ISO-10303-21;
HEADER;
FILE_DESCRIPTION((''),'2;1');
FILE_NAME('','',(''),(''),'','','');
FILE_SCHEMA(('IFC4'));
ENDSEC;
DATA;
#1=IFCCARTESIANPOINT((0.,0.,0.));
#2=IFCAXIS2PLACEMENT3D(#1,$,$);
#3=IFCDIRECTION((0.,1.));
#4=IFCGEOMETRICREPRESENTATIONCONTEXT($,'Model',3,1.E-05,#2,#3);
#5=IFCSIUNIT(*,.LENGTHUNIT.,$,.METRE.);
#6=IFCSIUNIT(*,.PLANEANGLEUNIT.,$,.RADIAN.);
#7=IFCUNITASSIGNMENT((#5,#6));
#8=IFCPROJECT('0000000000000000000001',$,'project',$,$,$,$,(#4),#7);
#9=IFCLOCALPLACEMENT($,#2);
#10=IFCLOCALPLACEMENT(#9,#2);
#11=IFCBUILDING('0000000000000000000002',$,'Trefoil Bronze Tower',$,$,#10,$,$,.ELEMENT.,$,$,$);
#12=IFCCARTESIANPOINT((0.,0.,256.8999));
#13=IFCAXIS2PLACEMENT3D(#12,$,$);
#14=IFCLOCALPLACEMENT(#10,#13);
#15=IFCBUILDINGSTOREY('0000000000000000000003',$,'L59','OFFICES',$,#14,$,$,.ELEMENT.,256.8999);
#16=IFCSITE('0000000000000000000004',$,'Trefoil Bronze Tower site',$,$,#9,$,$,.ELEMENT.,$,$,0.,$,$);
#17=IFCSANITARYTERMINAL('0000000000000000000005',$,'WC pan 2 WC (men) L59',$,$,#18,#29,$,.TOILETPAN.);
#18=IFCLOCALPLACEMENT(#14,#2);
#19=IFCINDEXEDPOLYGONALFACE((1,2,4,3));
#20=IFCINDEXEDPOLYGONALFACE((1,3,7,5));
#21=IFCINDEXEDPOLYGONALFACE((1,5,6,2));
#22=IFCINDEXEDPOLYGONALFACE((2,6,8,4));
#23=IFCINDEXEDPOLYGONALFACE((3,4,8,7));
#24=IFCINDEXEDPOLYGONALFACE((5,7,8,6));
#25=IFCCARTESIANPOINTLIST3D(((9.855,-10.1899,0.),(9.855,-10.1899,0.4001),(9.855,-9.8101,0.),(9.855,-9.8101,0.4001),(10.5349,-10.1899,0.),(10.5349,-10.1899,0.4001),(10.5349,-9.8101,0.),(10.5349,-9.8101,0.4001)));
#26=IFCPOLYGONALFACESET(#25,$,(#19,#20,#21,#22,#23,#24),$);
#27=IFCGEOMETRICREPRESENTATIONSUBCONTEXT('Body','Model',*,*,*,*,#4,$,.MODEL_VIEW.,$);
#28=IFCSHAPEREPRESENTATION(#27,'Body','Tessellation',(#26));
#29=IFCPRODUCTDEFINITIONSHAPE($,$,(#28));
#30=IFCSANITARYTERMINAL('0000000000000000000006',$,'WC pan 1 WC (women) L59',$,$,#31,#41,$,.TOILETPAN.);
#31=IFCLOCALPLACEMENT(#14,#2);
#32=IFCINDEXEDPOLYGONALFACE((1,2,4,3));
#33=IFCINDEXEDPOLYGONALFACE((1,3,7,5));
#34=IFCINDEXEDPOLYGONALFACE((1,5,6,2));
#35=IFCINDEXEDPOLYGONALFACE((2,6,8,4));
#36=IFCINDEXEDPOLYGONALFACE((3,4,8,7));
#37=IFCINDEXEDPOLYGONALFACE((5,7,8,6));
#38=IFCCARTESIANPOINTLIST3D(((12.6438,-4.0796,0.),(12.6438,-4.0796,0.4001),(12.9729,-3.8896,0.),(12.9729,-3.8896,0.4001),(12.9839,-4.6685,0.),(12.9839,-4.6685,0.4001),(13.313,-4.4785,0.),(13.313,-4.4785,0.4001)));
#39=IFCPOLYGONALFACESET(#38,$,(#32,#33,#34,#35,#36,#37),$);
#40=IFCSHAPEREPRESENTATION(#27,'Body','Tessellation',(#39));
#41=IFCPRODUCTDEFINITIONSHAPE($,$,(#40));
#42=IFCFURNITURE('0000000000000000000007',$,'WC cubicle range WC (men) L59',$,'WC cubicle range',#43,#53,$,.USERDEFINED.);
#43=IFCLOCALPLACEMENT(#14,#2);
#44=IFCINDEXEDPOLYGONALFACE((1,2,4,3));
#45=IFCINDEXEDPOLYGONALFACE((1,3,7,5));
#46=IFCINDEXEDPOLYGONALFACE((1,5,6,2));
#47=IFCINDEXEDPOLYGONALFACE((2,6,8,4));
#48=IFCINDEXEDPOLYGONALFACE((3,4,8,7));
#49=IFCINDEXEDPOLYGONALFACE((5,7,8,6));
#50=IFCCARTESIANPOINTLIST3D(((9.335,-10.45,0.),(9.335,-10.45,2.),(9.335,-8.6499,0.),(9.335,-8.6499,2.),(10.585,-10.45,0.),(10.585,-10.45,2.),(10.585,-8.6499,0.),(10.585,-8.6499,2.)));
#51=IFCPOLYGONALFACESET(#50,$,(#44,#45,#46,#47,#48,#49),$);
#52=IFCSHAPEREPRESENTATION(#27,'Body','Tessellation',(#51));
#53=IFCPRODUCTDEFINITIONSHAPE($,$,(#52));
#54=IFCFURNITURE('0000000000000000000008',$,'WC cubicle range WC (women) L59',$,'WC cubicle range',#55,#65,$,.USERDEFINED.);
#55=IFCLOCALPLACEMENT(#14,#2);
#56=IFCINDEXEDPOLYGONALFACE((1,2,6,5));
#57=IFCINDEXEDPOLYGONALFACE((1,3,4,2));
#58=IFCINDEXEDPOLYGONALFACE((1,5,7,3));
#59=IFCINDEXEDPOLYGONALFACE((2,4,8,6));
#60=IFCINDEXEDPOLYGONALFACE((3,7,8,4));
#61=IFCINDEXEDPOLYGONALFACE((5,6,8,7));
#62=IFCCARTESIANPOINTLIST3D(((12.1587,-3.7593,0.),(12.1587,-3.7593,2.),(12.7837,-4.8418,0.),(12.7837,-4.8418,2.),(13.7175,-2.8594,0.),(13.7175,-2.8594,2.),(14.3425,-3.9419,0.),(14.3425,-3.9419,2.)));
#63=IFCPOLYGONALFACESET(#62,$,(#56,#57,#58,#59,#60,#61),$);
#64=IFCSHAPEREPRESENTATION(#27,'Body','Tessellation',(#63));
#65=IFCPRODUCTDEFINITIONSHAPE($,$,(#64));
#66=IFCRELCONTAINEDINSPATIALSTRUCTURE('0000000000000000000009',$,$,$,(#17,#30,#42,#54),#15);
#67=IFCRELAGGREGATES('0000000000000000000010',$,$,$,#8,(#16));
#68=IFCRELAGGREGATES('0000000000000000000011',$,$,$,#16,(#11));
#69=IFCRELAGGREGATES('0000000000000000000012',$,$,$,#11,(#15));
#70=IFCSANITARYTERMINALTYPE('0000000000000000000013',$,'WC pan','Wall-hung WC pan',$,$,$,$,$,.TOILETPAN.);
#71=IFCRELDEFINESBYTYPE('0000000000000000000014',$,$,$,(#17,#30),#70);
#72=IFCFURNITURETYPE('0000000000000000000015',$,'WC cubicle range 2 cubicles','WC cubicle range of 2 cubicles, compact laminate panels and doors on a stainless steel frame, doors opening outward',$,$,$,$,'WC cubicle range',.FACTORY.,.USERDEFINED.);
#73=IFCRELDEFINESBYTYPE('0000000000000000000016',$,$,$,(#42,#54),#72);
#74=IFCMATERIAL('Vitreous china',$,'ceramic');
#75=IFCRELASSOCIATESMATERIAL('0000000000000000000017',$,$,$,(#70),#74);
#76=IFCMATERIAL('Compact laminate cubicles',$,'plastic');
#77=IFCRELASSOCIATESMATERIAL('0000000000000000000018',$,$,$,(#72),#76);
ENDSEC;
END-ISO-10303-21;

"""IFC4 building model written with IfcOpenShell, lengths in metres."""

from ifc_helpers import new_model, si_unit, direction, frame, origin, place, context, subcontext, project, spatial, polyline, outline, extrude, material, type_object, element, save


model = new_model("IFC4")

# Units and contexts
model_context = context("Model", 3, precision=1e-05, world=origin(), true_north=direction((0.0, 1.0)))
body_context = subcontext(model_context, "Body", "Model", "MODEL_VIEW")
ifc_project = project(units=[si_unit("LENGTHUNIT", "METRE"), si_unit("PLANEANGLEUNIT", "RADIAN")], contexts=[model_context])

# Site, building, storey
site_placement = place(None, origin())
site = spatial("IfcSite", under=ifc_project, at=site_placement, Name="Trefoil Bronze Tower site", CompositionType="ELEMENT", RefElevation=0.0)
building_placement = place(site_placement, origin())
building = spatial("IfcBuilding", under=site, at=building_placement, Name="Trefoil Bronze Tower", CompositionType="ELEMENT")
storey_placement = place(building_placement, frame((0.0, 0.0, 256.8999)))
storey = spatial("IfcBuildingStorey", under=building, at=storey_placement, Name="L59", Description="OFFICES", CompositionType="ELEMENT", Elevation=256.8999)

# Sanitary terminals
ifc_material_1 = material(Name="Vitreous china", Category="ceramic")
sanitary_terminal_type_1 = type_object("IfcSanitaryTerminalType", Name="WC pan", Description="Wall-hung WC pan", PredefinedType="TOILETPAN", material=ifc_material_1)
sanitary_terminal_1_placement = place(storey_placement, origin())
element("IfcSanitaryTerminal", 1, at=sanitary_terminal_1_placement, inside=storey, type_object=sanitary_terminal_type_1, Name="WC pan 2 WC (men) L59", PredefinedType="TOILETPAN", context=body_context, shape_type="SweptSolid", body=[
    extrude(outline(polyline([(9.855, -9.8101), (10.5349, -9.8101), (10.5349, -10.1899), (9.855, -10.1899), (9.855, -9.8101)])), origin(), (0.0, 0.0, 1.0), 0.4001),
])
sanitary_terminal_2_placement = place(storey_placement, origin())
element("IfcSanitaryTerminal", 2, at=sanitary_terminal_2_placement, inside=storey, type_object=sanitary_terminal_type_1, Name="WC pan 1 WC (women) L59", PredefinedType="TOILETPAN", context=body_context, shape_type="SweptSolid", body=[
    extrude(outline(polyline([(12.6438, -4.0796), (12.9839, -4.6685), (13.313, -4.4785), (12.9729, -3.8896), (12.6438, -4.0796)])), origin(), (0.0, 0.0, 1.0), 0.4001),
])

# Furniture
ifc_material_2 = material(Name="Compact laminate cubicles", Category="plastic")
furniture_type = type_object("IfcFurnitureType", Name="WC cubicle range 2 cubicles", Description="WC cubicle range of 2 cubicles, compact laminate panels and doors on a stainless steel frame, doors opening outward", ElementType="WC cubicle range", AssemblyPlace="FACTORY", PredefinedType="USERDEFINED", material=ifc_material_2)
furniture_1_placement = place(storey_placement, origin())
element("IfcFurniture", 3, at=furniture_1_placement, inside=storey, type_object=furniture_type, Name="WC cubicle range WC (men) L59", ObjectType="WC cubicle range", PredefinedType="USERDEFINED", context=body_context, shape_type="SweptSolid", body=[
    extrude(outline(polyline([(9.335, -8.6499), (10.585, -8.6499), (10.585, -10.45), (9.335, -10.45), (9.335, -8.6499)])), origin(), (0.0, 0.0, 1.0), 2.0),
])
furniture_2_placement = place(storey_placement, origin())
element("IfcFurniture", 4, at=furniture_2_placement, inside=storey, type_object=furniture_type, Name="WC cubicle range WC (women) L59", ObjectType="WC cubicle range", PredefinedType="USERDEFINED", context=body_context, shape_type="SweptSolid", body=[
    extrude(outline(polyline([(12.1587, -3.7593), (12.7837, -4.8418), (14.3425, -3.9419), (13.7175, -2.8594), (12.1587, -3.7593)])), origin(), (0.0, 0.0, 1.0), 2.0),
])

save(model, "model.ifc")
